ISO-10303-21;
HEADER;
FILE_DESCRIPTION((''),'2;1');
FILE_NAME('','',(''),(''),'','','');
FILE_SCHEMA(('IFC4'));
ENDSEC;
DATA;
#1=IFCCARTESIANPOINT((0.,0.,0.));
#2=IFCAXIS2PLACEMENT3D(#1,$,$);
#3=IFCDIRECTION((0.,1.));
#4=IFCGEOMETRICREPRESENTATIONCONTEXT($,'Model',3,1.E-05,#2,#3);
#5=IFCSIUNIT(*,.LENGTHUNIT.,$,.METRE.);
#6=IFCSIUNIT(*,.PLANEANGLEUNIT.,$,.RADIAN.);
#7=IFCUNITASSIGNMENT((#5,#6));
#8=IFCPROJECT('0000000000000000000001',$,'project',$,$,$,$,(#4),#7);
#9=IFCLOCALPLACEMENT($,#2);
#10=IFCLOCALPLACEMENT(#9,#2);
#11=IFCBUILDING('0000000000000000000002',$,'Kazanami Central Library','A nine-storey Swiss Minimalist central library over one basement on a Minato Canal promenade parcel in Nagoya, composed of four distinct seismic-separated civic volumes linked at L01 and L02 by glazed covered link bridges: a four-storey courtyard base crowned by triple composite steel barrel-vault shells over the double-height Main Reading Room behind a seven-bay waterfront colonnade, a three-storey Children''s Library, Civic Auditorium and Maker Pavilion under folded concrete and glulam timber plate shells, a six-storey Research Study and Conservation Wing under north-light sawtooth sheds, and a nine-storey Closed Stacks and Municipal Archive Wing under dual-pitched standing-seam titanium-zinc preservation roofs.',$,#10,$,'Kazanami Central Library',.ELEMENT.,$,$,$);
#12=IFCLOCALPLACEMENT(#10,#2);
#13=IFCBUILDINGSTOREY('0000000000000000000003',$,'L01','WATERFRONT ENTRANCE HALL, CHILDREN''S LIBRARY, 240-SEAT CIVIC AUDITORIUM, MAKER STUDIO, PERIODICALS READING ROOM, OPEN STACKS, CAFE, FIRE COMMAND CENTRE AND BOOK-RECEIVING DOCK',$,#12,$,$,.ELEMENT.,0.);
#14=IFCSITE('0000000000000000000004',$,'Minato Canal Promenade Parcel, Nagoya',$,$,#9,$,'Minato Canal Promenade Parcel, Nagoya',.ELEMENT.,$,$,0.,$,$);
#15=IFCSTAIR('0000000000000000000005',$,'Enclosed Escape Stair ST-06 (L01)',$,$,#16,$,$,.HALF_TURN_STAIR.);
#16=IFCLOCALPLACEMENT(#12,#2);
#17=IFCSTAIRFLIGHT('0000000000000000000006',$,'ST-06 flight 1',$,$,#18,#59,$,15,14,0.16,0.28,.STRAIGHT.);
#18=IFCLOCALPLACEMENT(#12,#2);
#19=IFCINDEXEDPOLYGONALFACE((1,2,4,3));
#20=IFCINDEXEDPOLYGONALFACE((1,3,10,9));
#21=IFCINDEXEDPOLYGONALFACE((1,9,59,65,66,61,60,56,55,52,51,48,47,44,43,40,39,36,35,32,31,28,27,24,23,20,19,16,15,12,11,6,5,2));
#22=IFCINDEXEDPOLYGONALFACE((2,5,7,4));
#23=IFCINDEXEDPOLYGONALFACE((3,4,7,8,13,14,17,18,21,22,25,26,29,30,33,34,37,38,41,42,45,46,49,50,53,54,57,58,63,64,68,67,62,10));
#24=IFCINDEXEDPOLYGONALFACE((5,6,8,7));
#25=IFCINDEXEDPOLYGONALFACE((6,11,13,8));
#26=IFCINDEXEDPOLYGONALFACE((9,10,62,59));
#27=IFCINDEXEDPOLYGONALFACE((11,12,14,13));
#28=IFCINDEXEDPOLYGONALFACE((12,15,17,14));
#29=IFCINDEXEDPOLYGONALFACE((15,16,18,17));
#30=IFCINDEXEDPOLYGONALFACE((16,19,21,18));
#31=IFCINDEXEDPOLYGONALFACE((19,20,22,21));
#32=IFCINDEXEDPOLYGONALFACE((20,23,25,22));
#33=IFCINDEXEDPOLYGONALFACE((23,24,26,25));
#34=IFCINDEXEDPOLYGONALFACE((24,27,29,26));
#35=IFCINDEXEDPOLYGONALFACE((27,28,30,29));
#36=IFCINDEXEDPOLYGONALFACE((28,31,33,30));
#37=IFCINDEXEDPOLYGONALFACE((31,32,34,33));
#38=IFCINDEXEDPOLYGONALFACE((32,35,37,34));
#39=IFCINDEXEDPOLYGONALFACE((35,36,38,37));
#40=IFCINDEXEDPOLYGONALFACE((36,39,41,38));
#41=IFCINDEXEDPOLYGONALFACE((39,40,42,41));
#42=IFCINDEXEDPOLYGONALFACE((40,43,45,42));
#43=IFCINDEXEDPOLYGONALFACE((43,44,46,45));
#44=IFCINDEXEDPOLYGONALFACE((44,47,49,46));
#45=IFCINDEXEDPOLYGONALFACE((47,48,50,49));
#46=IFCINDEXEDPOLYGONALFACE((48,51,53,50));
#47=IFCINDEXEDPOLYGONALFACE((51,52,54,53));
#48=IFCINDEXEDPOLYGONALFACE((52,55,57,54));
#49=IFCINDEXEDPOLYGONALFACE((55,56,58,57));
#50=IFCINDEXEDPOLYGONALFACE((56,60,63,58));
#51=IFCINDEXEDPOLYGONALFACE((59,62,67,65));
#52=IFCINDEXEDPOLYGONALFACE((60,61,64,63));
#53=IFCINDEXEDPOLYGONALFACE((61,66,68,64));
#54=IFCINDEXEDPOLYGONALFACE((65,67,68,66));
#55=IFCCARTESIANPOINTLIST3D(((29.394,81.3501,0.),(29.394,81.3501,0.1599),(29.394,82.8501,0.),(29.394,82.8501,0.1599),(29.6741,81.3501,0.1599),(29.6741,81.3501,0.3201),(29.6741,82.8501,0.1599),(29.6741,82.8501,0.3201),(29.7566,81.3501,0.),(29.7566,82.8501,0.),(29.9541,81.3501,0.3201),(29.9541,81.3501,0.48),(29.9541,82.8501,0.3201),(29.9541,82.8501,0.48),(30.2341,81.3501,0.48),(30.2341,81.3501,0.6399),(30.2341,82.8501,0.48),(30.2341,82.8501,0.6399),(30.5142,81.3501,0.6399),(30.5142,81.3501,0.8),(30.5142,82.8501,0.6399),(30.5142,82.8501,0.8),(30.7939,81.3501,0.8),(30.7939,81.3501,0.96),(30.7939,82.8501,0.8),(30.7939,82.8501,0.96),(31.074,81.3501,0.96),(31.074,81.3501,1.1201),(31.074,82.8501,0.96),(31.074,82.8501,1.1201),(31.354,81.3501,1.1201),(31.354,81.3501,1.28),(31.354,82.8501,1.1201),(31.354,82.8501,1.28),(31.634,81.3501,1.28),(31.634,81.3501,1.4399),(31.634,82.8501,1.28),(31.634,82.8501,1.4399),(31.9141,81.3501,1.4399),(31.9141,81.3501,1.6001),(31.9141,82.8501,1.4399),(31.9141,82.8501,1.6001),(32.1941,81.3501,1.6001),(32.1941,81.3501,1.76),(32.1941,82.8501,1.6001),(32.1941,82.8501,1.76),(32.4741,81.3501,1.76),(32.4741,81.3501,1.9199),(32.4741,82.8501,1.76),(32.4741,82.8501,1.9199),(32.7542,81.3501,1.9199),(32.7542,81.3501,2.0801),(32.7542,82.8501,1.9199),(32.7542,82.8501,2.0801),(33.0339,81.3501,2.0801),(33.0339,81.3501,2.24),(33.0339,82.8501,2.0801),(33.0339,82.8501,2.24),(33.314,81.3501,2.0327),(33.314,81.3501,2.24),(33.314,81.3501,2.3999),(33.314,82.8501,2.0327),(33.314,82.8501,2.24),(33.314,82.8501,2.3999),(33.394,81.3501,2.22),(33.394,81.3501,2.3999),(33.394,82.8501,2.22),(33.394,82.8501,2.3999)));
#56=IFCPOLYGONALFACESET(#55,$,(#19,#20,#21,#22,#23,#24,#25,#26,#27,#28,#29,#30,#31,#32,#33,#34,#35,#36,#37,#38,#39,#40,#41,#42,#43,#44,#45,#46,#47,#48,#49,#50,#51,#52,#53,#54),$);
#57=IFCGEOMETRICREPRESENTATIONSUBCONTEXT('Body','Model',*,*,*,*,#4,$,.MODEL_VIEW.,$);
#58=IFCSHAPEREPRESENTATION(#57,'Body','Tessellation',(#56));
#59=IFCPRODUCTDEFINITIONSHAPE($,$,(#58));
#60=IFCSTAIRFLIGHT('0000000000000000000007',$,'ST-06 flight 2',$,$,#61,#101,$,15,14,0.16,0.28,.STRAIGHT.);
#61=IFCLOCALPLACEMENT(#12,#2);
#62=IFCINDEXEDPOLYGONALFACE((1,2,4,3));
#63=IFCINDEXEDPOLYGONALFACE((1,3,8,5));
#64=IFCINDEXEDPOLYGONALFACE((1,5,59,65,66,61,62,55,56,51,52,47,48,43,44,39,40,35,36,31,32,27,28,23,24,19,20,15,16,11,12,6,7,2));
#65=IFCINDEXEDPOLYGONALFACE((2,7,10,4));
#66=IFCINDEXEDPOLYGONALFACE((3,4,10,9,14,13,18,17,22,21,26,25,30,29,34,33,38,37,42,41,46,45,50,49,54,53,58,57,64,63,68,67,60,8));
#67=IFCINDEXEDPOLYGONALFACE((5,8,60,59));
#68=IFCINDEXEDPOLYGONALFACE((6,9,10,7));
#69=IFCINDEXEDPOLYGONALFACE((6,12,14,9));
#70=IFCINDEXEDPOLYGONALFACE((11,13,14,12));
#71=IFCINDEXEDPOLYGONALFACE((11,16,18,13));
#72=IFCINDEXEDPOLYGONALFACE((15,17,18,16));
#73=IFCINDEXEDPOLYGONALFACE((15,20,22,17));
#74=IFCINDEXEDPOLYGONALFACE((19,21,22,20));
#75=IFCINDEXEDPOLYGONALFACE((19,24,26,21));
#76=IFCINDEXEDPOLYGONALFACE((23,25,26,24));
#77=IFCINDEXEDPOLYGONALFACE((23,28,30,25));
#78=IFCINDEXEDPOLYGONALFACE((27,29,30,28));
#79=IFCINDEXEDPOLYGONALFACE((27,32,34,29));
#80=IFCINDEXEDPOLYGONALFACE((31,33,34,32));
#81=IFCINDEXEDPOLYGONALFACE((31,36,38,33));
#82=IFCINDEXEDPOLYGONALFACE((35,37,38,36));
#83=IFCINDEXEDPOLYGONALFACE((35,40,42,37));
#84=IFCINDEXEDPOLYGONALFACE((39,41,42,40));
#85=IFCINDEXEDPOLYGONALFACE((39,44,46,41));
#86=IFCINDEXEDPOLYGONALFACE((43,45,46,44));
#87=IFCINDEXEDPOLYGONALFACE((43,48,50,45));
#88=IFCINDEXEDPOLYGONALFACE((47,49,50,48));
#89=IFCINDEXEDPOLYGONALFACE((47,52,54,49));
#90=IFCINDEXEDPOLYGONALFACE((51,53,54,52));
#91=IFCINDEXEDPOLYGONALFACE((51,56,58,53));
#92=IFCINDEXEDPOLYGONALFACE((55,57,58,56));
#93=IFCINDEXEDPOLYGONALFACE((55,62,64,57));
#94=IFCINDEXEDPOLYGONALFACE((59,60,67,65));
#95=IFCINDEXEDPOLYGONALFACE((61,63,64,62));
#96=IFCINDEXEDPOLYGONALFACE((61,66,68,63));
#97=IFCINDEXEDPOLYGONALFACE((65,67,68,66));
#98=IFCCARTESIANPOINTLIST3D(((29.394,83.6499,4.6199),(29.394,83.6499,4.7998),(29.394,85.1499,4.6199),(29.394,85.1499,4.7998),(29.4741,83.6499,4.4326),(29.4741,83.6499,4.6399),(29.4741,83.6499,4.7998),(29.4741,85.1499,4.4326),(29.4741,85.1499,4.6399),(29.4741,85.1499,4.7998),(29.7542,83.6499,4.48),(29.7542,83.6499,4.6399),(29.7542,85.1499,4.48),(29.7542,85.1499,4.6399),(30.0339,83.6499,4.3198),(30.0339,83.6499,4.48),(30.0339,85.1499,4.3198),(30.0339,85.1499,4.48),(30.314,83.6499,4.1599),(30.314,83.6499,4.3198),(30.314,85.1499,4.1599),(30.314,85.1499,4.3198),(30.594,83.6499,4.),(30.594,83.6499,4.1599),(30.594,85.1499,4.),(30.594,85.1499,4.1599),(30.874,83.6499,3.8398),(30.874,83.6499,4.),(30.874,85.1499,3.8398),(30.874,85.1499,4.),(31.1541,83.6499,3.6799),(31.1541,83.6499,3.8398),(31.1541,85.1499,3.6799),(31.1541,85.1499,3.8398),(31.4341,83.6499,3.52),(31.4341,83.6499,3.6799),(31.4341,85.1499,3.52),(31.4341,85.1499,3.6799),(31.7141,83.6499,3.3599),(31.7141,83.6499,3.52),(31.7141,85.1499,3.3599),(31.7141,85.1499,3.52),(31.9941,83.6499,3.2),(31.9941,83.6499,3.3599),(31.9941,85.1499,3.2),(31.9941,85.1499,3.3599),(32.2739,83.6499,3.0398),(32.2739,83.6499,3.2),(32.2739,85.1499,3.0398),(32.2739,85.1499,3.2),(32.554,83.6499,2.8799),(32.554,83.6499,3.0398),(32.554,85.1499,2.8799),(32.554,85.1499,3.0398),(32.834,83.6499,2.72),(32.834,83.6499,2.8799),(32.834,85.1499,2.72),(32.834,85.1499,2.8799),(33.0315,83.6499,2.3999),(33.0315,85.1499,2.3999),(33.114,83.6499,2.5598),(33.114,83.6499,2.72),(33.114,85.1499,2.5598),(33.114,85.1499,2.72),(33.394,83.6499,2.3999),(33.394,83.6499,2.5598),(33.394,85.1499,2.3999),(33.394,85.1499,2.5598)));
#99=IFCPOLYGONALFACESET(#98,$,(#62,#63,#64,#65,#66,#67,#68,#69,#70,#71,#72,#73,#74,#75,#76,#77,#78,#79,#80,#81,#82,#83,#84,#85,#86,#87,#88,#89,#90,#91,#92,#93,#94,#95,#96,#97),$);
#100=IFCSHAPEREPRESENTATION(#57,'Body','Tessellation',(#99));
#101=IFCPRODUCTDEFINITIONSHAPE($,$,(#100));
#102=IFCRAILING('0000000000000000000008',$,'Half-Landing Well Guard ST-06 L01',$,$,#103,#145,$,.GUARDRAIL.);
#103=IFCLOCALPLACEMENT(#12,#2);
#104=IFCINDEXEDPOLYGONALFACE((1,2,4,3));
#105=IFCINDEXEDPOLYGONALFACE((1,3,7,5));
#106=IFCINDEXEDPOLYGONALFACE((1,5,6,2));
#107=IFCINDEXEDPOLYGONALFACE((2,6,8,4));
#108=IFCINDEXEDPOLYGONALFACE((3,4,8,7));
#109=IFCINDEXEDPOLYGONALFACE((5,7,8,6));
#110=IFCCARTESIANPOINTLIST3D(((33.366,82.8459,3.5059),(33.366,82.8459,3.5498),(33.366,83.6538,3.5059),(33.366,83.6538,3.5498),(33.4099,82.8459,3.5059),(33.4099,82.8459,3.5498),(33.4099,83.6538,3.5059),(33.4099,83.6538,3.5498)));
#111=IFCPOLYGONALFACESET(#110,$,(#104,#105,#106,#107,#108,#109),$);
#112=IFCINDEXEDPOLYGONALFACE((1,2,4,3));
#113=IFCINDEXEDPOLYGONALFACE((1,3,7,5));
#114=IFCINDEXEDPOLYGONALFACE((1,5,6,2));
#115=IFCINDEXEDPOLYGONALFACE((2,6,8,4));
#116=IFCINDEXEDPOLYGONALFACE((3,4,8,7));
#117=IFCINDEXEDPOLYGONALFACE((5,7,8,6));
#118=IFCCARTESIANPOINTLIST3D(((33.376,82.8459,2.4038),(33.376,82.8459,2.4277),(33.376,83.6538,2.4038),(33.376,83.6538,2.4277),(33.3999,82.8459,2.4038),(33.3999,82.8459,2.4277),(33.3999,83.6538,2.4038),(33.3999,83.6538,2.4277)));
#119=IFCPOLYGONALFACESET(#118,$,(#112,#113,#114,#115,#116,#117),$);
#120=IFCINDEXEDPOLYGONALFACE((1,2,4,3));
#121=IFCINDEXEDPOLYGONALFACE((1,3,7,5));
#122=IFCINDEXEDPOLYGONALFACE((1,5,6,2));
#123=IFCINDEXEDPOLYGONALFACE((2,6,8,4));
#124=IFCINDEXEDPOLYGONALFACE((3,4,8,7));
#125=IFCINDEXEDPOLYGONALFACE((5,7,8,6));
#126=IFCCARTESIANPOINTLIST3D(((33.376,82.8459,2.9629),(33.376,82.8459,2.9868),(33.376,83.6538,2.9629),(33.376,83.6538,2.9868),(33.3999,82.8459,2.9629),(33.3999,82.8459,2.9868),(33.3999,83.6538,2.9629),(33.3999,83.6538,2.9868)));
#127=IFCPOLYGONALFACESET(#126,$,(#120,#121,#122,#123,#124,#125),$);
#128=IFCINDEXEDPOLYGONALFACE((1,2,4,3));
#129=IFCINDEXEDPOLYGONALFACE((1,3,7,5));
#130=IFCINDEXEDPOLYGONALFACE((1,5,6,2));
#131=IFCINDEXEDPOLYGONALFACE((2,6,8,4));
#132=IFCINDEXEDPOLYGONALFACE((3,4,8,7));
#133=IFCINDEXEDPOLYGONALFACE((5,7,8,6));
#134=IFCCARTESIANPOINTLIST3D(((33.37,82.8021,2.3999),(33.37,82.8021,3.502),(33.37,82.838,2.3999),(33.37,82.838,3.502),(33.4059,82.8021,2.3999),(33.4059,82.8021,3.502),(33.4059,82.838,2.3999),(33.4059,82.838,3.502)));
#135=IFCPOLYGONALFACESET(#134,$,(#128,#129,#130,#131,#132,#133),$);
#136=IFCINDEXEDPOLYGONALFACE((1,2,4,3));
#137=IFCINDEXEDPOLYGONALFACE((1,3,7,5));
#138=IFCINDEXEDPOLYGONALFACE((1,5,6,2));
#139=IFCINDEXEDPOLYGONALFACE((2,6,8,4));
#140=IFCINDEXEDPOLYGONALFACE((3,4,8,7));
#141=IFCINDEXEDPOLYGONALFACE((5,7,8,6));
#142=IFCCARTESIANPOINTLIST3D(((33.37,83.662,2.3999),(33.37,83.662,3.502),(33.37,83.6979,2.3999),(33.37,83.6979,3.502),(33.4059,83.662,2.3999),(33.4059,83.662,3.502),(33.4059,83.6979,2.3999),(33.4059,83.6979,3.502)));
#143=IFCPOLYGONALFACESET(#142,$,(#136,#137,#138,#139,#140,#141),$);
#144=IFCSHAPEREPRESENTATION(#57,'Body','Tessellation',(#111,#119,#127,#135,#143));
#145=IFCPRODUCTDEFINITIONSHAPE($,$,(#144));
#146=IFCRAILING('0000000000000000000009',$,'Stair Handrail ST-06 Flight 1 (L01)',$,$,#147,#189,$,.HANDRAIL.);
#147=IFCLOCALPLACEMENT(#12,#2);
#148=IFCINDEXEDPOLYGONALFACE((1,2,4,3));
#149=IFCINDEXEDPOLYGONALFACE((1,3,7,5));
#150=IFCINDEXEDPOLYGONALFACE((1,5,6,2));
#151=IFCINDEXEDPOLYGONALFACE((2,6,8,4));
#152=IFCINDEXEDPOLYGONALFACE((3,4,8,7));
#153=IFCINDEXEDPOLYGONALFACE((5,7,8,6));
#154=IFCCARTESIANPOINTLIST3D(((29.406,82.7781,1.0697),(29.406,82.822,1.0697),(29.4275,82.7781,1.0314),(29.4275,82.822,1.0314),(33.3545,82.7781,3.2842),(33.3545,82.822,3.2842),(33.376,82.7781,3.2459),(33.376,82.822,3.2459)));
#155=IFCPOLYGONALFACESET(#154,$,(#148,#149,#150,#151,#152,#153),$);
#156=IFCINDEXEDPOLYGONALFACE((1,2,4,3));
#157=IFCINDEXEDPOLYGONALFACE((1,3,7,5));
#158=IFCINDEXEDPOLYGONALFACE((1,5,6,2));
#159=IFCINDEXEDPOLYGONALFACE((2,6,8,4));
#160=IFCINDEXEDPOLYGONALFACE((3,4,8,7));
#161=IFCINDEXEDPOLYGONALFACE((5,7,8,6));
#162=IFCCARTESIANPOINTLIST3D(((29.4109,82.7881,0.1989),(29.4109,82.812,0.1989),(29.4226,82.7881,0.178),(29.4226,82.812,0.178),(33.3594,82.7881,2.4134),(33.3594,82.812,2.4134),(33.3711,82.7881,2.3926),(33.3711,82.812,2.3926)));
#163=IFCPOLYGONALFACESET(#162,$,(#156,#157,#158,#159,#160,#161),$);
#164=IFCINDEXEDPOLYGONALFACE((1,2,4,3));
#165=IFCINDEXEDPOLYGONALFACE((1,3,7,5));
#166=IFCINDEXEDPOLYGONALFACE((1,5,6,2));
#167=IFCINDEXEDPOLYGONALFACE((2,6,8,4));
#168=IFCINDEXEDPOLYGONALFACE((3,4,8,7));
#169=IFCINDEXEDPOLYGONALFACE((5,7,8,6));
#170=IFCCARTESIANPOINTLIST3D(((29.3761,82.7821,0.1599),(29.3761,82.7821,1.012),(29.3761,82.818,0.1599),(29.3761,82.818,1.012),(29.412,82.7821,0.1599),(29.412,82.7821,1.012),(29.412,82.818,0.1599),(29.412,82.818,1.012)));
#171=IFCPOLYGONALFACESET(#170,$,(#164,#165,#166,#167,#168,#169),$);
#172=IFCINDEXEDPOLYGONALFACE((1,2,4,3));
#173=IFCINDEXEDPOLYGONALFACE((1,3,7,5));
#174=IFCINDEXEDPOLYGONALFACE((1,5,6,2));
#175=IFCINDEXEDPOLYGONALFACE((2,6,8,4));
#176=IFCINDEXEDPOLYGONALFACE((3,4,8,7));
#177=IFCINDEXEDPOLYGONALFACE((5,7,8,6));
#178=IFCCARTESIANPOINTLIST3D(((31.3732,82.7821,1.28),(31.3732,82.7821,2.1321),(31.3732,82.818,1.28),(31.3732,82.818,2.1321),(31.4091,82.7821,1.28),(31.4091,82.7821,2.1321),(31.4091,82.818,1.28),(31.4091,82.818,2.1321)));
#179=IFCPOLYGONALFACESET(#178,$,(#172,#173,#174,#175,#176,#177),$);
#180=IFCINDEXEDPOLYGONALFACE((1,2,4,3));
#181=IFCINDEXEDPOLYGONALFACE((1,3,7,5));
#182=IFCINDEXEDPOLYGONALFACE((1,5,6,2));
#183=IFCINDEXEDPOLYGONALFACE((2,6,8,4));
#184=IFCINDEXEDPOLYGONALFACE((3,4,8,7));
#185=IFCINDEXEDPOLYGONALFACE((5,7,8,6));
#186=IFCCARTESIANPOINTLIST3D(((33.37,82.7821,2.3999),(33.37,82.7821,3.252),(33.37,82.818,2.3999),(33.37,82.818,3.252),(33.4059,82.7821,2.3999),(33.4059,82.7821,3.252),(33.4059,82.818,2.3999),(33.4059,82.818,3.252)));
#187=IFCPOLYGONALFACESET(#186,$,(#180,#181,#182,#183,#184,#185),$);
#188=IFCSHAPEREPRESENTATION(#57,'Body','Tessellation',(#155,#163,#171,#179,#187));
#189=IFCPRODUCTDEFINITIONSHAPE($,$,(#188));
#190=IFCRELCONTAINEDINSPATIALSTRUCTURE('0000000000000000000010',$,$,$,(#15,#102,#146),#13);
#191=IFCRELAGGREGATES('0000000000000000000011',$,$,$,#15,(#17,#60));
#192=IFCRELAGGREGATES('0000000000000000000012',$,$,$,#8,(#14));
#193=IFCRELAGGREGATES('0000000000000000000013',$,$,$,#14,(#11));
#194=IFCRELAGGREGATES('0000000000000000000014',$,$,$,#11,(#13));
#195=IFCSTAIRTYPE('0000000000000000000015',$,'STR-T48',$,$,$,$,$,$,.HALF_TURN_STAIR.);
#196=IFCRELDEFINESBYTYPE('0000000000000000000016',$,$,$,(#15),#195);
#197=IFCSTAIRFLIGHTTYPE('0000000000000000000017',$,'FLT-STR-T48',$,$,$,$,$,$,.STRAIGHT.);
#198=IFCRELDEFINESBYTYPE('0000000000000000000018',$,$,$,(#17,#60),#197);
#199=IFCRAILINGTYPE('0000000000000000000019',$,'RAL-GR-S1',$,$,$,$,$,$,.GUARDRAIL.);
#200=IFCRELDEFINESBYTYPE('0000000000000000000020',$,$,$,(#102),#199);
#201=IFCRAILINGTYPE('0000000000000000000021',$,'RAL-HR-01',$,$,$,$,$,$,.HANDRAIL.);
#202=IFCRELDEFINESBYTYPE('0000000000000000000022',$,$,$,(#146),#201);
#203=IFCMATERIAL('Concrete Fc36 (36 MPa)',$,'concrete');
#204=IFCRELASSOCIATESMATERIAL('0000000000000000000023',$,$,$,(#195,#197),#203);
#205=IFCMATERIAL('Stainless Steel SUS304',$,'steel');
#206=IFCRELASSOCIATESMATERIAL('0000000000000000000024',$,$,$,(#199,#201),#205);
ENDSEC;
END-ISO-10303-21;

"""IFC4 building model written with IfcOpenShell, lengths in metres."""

from ifc_helpers import new_model, si_unit, direction, frame, origin, origin_2d, place, context, subcontext, project, spatial, polyline, rectangle, outline, extrude, material, type_object, element, aggregate, save


model = new_model("IFC4")

# Units and contexts
model_context = context("Model", 3, precision=1e-05, world=origin(), true_north=direction((0.0, 1.0)))
body_context = subcontext(model_context, "Body", "Model", "MODEL_VIEW")
ifc_project = project(units=[si_unit("LENGTHUNIT", "METRE"), si_unit("PLANEANGLEUNIT", "RADIAN")], contexts=[model_context])

# Site, building, storey
site_placement = place(None, origin())
site = spatial("IfcSite", under=ifc_project, at=site_placement, Name="Minato Canal Promenade Parcel, Nagoya", LongName="Minato Canal Promenade Parcel, Nagoya", CompositionType="ELEMENT", RefElevation=0.0)
building_placement = place(site_placement, origin())
building = spatial("IfcBuilding", under=site, at=building_placement, Name="Kazanami Central Library", Description="A nine-storey Swiss Minimalist central library over one basement on a Minato Canal promenade parcel in Nagoya, composed of four distinct seismic-separated civic volumes linked at L01 and L02 by glazed covered link bridges: a four-storey courtyard base crowned by triple composite steel barrel-vault shells over the double-height Main Reading Room behind a seven-bay waterfront colonnade, a three-storey Children's Library, Civic Auditorium and Maker Pavilion under folded concrete and glulam timber plate shells, a six-storey Research Study and Conservation Wing under north-light sawtooth sheds, and a nine-storey Closed Stacks and Municipal Archive Wing under dual-pitched standing-seam titanium-zinc preservation roofs.", LongName="Kazanami Central Library", CompositionType="ELEMENT")
storey_placement = place(building_placement, origin())
storey = spatial("IfcBuildingStorey", under=building, at=storey_placement, Name="L01", Description="WATERFRONT ENTRANCE HALL, CHILDREN'S LIBRARY, 240-SEAT CIVIC AUDITORIUM, MAKER STUDIO, PERIODICALS READING ROOM, OPEN STACKS, CAFE, FIRE COMMAND CENTRE AND BOOK-RECEIVING DOCK", CompositionType="ELEMENT", Elevation=0.0)

# Shared definitions
ifc_material_1 = material(Name="Concrete Fc36 (36 MPa)", Category="concrete")

# Stair, stair flights
stair_type = type_object("IfcStairType", Name="STR-T48", PredefinedType="HALF_TURN_STAIR", material=ifc_material_1)
stair_placement = place(storey_placement, origin())
stair = element("IfcStair", 1, at=stair_placement, inside=storey, type_object=stair_type, Name="Enclosed Escape Stair ST-06 (L01)", PredefinedType="HALF_TURN_STAIR")
stair_flight_type = type_object("IfcStairFlightType", Name="FLT-STR-T48", PredefinedType="STRAIGHT", material=ifc_material_1)
stair_flight_1_placement = place(storey_placement, frame((29.394, 82.1001, 0.0), z_axis=(0.0, 0.0, 1.0), x_axis=(1.0, 0.0, 0.0)))
stair_flight_1 = element("IfcStairFlight", 2, at=stair_flight_1_placement, type_object=stair_flight_type, Name="ST-06 flight 1", NumberOfRisers=15, NumberOfTreads=14, PredefinedType="STRAIGHT", RiserHeight=0.16, TreadLength=0.28, context=body_context, shape_type="SweptSolid", body=[
    extrude(outline(polyline([(0.0, 0.0), (0.0, 0.1599), (0.28, 0.1599), (0.28, 0.3201), (0.5601, 0.3201), (0.5601, 0.48), (0.8401, 0.48), (0.8401, 0.6399), (1.1201, 0.6399), (1.1201, 0.8), (1.3999, 0.8), (1.3999, 0.96), (1.6799, 0.96), (1.6799, 1.1201), (1.96, 1.1201), (1.96, 1.28), (2.24, 1.28), (2.24, 1.4399), (2.52, 1.4399), (2.52, 1.6001), (2.8, 1.6001), (2.8, 1.76), (3.0801, 1.76), (3.0801, 1.9199), (3.3601, 1.9199), (3.3601, 2.0801), (3.6399, 2.0801), (3.6399, 2.24), (3.9199, 2.24), (3.9199, 2.3999), (4.0, 2.3999), (4.0, 2.22), (3.9199, 2.0327), (0.3625, 0.0), (0.0, 0.0)])), frame((0.0, 0.75, 0.0), z_axis=(0.0, -1.0, 0.0), x_axis=(1.0, 0.0, 0.0)), (0.0, 0.0, 1.0), 1.5),
])
stair_flight_2_placement = place(storey_placement, frame((33.394, 84.3999, 2.3999), z_axis=(0.0, 0.0, 1.0), x_axis=(-1.0, 0.0, 0.0)))
stair_flight_2 = element("IfcStairFlight", 3, at=stair_flight_2_placement, type_object=stair_flight_type, Name="ST-06 flight 2", NumberOfRisers=15, NumberOfTreads=14, PredefinedType="STRAIGHT", RiserHeight=0.16, TreadLength=0.28, context=body_context, shape_type="SweptSolid", body=[
    extrude(outline(polyline([(0.0, 0.0), (0.0, 0.1599), (0.28, 0.1599), (0.28, 0.3201), (0.5601, 0.3201), (0.5601, 0.48), (0.8401, 0.48), (0.8401, 0.6399), (1.1201, 0.6399), (1.1201, 0.8), (1.3999, 0.8), (1.3999, 0.96), (1.6799, 0.96), (1.6799, 1.1201), (1.96, 1.1201), (1.96, 1.28), (2.24, 1.28), (2.24, 1.4399), (2.52, 1.4399), (2.52, 1.6001), (2.8, 1.6001), (2.8, 1.76), (3.0801, 1.76), (3.0801, 1.9199), (3.3601, 1.9199), (3.3601, 2.0801), (3.6399, 2.0801), (3.6399, 2.24), (3.9199, 2.24), (3.9199, 2.3999), (4.0, 2.3999), (4.0, 2.22), (3.9199, 2.0327), (0.3625, 0.0), (0.0, 0.0)])), frame((0.0, 0.75, 0.0), z_axis=(0.0, -1.0, 0.0), x_axis=(1.0, 0.0, 0.0)), (0.0, 0.0, 1.0), 1.5),
])
aggregate(stair, [stair_flight_1, stair_flight_2])

# Railings
ifc_material_2 = material(Name="Stainless Steel SUS304", Category="steel")
railing_type_1 = type_object("IfcRailingType", Name="RAL-GR-S1", PredefinedType="GUARDRAIL", material=ifc_material_2)
railing_1_placement = place(storey_placement, frame((33.3879, 82.8201, 2.3999)))
element("IfcRailing", 4, at=railing_1_placement, inside=storey, type_object=railing_type_1, Name="Half-Landing Well Guard ST-06 L01", PredefinedType="GUARDRAIL", context=body_context, shape_type="SweptSolid", body=[
    extrude(rectangle(XDim=0.0439, YDim=0.0439, at=origin_2d()), frame((0.0, 0.0259, 1.1279), z_axis=(0.0, 1.0, 0.0), x_axis=(-1.0, 0.0, 0.0)), (0.0, 0.0, 1.0), 0.8079),
    extrude(rectangle(XDim=0.0239, YDim=0.0239, at=origin_2d()), frame((0.0, 0.0259, 0.0159), z_axis=(0.0, 1.0, 0.0), x_axis=(-1.0, 0.0, 0.0)), (0.0, 0.0, 1.0), 0.8079),
    extrude(rectangle(XDim=0.0239, YDim=0.0239, at=origin_2d()), frame((0.0, 0.0259, 0.575), z_axis=(0.0, 1.0, 0.0), x_axis=(-1.0, 0.0, 0.0)), (0.0, 0.0, 1.0), 0.8079),
    extrude(rectangle(XDim=0.0359, YDim=0.0359, at=origin_2d()), origin(), (0.0, 0.0, 1.0), 1.1021),
    extrude(rectangle(XDim=0.0359, YDim=0.0359, at=origin_2d()), frame((0.0, 0.8599, 0.0)), (0.0, 0.0, 1.0), 1.1021),
])
railing_type_2 = type_object("IfcRailingType", Name="RAL-HR-01", PredefinedType="HANDRAIL", material=ifc_material_2)
railing_2_placement = place(storey_placement, frame((29.394, 82.8, 0.1599)))
element("IfcRailing", 5, at=railing_2_placement, inside=storey, type_object=railing_type_2, Name="Stair Handrail ST-06 Flight 1 (L01)", PredefinedType="HANDRAIL", context=body_context, shape_type="SweptSolid", body=[
    extrude(rectangle(XDim=0.0439, YDim=0.0439, at=origin_2d()), frame((0.0227, 0.0, 0.8906), z_axis=(0.872189, 0.0, 0.48917), x_axis=(0.0, 1.0, 0.0)), (0.0, 0.0, 1.0), 4.5271),
    extrude(rectangle(XDim=0.0239, YDim=0.0239, at=origin_2d()), frame((0.0227, 0.0, 0.0286), z_axis=(0.872189, 0.0, 0.48917), x_axis=(0.0, 1.0, 0.0)), (0.0, 0.0, 1.0), 4.5271),
    extrude(rectangle(XDim=0.0359, YDim=0.0359, at=origin_2d()), origin(), (0.0, 0.0, 1.0), 0.8521),
    extrude(rectangle(XDim=0.0359, YDim=0.0359, at=origin_2d()), frame((1.9971, 0.0, 1.1201)), (0.0, 0.0, 1.0), 0.8521),
    extrude(rectangle(XDim=0.0359, YDim=0.0359, at=origin_2d()), frame((3.9939, 0.0, 2.24)), (0.0, 0.0, 1.0), 0.8521),
])

save(model, "model.ifc")
